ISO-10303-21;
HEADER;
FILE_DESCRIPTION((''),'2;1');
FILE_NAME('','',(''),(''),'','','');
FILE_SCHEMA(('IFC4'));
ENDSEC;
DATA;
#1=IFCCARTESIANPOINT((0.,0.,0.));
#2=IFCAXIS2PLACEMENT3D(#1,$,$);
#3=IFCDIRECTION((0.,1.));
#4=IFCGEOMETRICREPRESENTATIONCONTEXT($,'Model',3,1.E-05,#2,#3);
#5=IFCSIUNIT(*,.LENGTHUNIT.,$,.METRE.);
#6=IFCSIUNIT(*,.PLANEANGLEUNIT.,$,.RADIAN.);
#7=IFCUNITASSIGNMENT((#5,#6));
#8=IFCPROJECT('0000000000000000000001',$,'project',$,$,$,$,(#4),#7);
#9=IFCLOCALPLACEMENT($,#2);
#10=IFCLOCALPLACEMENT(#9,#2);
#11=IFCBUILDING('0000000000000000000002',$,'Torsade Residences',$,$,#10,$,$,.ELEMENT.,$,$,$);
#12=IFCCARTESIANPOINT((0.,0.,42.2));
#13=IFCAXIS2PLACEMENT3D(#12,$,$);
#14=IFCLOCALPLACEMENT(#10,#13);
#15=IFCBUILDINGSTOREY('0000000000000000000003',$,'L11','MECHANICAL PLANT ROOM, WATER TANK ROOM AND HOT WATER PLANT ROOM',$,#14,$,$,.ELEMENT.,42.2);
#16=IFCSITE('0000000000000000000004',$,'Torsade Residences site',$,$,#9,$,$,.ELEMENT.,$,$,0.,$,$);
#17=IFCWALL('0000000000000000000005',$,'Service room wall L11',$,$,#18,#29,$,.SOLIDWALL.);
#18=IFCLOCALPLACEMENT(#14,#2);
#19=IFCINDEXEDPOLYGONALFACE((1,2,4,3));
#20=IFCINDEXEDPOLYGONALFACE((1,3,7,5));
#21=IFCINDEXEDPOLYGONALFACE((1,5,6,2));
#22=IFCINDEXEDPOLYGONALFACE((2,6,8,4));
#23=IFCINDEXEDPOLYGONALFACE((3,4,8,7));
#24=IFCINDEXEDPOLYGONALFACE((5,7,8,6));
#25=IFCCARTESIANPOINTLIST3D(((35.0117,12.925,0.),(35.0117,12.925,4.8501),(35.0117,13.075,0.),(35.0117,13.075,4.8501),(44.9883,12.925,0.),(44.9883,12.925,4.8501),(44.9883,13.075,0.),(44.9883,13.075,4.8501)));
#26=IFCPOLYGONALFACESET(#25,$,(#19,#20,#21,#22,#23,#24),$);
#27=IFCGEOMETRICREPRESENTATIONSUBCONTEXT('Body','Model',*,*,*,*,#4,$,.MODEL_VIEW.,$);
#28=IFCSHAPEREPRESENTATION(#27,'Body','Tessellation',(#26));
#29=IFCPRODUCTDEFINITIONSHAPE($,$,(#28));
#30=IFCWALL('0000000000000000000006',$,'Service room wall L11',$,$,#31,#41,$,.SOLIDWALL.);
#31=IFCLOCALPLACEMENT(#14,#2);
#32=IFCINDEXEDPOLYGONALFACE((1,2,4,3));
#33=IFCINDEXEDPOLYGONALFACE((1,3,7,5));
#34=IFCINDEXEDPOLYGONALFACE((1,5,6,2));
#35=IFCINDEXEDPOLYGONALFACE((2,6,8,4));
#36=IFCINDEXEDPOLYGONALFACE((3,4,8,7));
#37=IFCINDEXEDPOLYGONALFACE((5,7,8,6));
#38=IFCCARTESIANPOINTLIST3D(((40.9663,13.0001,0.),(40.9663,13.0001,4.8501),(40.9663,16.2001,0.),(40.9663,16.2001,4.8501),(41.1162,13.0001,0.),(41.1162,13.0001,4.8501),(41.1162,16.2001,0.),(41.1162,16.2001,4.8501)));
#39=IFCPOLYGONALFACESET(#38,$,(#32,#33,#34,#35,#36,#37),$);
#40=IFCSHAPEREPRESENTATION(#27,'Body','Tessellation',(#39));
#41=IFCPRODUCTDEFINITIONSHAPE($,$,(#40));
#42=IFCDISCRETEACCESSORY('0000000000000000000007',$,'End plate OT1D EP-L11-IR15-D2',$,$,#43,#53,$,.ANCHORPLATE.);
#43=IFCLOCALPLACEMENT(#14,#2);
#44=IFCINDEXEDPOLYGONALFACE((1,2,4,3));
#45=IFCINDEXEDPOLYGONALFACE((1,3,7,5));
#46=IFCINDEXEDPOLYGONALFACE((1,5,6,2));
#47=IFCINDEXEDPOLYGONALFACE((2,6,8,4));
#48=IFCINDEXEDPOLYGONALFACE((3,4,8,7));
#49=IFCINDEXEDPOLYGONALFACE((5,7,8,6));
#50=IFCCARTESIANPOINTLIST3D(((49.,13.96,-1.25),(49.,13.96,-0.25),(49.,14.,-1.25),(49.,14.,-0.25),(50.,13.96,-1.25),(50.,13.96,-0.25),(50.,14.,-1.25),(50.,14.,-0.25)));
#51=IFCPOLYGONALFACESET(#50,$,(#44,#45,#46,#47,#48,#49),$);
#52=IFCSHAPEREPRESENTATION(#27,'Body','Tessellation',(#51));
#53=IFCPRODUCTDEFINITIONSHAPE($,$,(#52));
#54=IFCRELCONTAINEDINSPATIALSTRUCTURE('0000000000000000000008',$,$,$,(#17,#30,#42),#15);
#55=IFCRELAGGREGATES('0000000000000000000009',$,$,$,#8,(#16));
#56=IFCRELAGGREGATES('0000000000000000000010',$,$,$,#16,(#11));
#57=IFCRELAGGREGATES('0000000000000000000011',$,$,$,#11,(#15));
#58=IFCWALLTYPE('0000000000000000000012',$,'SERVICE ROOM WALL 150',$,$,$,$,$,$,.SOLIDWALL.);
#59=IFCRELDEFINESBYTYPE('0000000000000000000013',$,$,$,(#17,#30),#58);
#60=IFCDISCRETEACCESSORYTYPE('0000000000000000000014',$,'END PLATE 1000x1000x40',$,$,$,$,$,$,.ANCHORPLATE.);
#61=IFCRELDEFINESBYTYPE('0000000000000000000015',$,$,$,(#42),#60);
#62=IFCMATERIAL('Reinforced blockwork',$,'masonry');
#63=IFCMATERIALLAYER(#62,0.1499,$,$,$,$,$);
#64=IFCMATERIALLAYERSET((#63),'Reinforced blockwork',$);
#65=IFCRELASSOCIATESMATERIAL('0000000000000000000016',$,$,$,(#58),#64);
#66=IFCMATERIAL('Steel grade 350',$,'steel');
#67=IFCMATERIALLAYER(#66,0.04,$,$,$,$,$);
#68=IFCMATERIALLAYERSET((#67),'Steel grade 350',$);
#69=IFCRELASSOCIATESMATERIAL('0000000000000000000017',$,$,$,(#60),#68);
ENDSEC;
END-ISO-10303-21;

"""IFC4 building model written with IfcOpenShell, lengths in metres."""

from ifc_helpers import new_model, si_unit, direction, frame, frame_2d, origin, origin_2d, place, context, subcontext, project, spatial, rectangle, extrude, material, layer, layer_set, type_object, element, save


model = new_model("IFC4")

# Units and contexts
model_context = context("Model", 3, precision=1e-05, world=origin(), true_north=direction((0.0, 1.0)))
body_context = subcontext(model_context, "Body", "Model", "MODEL_VIEW")
ifc_project = project(units=[si_unit("LENGTHUNIT", "METRE"), si_unit("PLANEANGLEUNIT", "RADIAN")], contexts=[model_context])

# Site, building, storey
site_placement = place(None, origin())
site = spatial("IfcSite", under=ifc_project, at=site_placement, Name="Torsade Residences site", CompositionType="ELEMENT", RefElevation=0.0)
building_placement = place(site_placement, origin())
building = spatial("IfcBuilding", under=site, at=building_placement, Name="Torsade Residences", CompositionType="ELEMENT")
storey_placement = place(building_placement, frame((0.0, 0.0, 42.2)))
storey = spatial("IfcBuildingStorey", under=building, at=storey_placement, Name="L11", Description="MECHANICAL PLANT ROOM, WATER TANK ROOM AND HOT WATER PLANT ROOM", CompositionType="ELEMENT", Elevation=42.2)

# Shared definitions
ifc_material_1 = material(Name="Reinforced blockwork", Category="masonry")
ifc_layer_1 = layer(ifc_material_1, 0.1499)
ifc_layer_set_1 = layer_set([ifc_layer_1], Name="Reinforced blockwork")
wall_type_1 = type_object("IfcWallType", Name="SERVICE ROOM WALL 150", PredefinedType="SOLIDWALL", material=ifc_layer_set_1)

# Walls
wall_1_placement = place(storey_placement, frame((44.9883, 13.0, 0.0), z_axis=(0.0, 0.0, 1.0), x_axis=(-1.0, 0.0, 0.0)))
element("IfcWall", 1, at=wall_1_placement, inside=storey, type_object=wall_type_1, Name="Service room wall L11", PredefinedType="SOLIDWALL", context=body_context, shape_type="SweptSolid", body=[
    extrude(rectangle(XDim=9.9766, YDim=0.1499, at=frame_2d((4.9883, 0.0))), origin(), (0.0, 0.0, 1.0), 4.8501),
])
wall_2_placement = place(storey_placement, frame((41.0413, 13.0, 0.0), z_axis=(0.0, 0.0, 1.0), x_axis=(0.0, 1.0, 0.0)))
element("IfcWall", 2, at=wall_2_placement, inside=storey, type_object=wall_type_1, Name="Service room wall L11", PredefinedType="SOLIDWALL", context=body_context, shape_type="SweptSolid", body=[
    extrude(rectangle(XDim=3.2, YDim=0.1499, at=frame_2d((1.6001, 0.0))), origin(), (0.0, 0.0, 1.0), 4.8501),
])

# Discrete accessory
ifc_material_2 = material(Name="Steel grade 350", Category="steel")
ifc_layer_2 = layer(ifc_material_2, 0.04)
ifc_layer_set_2 = layer_set([ifc_layer_2], Name="Steel grade 350")
discrete_accessory_type = type_object("IfcDiscreteAccessoryType", Name="END PLATE 1000x1000x40", PredefinedType="ANCHORPLATE", material=ifc_layer_set_2)
discrete_accessory_placement = place(storey_placement, frame((49.5, 13.98, -1.25), z_axis=(0.0, 0.0, 1.0), x_axis=(1.0, 0.0, 0.0)))
element("IfcDiscreteAccessory", 3, at=discrete_accessory_placement, inside=storey, type_object=discrete_accessory_type, Name="End plate OT1D EP-L11-IR15-D2", PredefinedType="ANCHORPLATE", context=body_context, shape_type="SweptSolid", body=[
    extrude(rectangle(XDim=1.0, YDim=0.04, at=origin_2d()), origin(), (0.0, 0.0, 1.0), 1.0),
])

save(model, "model.ifc")
